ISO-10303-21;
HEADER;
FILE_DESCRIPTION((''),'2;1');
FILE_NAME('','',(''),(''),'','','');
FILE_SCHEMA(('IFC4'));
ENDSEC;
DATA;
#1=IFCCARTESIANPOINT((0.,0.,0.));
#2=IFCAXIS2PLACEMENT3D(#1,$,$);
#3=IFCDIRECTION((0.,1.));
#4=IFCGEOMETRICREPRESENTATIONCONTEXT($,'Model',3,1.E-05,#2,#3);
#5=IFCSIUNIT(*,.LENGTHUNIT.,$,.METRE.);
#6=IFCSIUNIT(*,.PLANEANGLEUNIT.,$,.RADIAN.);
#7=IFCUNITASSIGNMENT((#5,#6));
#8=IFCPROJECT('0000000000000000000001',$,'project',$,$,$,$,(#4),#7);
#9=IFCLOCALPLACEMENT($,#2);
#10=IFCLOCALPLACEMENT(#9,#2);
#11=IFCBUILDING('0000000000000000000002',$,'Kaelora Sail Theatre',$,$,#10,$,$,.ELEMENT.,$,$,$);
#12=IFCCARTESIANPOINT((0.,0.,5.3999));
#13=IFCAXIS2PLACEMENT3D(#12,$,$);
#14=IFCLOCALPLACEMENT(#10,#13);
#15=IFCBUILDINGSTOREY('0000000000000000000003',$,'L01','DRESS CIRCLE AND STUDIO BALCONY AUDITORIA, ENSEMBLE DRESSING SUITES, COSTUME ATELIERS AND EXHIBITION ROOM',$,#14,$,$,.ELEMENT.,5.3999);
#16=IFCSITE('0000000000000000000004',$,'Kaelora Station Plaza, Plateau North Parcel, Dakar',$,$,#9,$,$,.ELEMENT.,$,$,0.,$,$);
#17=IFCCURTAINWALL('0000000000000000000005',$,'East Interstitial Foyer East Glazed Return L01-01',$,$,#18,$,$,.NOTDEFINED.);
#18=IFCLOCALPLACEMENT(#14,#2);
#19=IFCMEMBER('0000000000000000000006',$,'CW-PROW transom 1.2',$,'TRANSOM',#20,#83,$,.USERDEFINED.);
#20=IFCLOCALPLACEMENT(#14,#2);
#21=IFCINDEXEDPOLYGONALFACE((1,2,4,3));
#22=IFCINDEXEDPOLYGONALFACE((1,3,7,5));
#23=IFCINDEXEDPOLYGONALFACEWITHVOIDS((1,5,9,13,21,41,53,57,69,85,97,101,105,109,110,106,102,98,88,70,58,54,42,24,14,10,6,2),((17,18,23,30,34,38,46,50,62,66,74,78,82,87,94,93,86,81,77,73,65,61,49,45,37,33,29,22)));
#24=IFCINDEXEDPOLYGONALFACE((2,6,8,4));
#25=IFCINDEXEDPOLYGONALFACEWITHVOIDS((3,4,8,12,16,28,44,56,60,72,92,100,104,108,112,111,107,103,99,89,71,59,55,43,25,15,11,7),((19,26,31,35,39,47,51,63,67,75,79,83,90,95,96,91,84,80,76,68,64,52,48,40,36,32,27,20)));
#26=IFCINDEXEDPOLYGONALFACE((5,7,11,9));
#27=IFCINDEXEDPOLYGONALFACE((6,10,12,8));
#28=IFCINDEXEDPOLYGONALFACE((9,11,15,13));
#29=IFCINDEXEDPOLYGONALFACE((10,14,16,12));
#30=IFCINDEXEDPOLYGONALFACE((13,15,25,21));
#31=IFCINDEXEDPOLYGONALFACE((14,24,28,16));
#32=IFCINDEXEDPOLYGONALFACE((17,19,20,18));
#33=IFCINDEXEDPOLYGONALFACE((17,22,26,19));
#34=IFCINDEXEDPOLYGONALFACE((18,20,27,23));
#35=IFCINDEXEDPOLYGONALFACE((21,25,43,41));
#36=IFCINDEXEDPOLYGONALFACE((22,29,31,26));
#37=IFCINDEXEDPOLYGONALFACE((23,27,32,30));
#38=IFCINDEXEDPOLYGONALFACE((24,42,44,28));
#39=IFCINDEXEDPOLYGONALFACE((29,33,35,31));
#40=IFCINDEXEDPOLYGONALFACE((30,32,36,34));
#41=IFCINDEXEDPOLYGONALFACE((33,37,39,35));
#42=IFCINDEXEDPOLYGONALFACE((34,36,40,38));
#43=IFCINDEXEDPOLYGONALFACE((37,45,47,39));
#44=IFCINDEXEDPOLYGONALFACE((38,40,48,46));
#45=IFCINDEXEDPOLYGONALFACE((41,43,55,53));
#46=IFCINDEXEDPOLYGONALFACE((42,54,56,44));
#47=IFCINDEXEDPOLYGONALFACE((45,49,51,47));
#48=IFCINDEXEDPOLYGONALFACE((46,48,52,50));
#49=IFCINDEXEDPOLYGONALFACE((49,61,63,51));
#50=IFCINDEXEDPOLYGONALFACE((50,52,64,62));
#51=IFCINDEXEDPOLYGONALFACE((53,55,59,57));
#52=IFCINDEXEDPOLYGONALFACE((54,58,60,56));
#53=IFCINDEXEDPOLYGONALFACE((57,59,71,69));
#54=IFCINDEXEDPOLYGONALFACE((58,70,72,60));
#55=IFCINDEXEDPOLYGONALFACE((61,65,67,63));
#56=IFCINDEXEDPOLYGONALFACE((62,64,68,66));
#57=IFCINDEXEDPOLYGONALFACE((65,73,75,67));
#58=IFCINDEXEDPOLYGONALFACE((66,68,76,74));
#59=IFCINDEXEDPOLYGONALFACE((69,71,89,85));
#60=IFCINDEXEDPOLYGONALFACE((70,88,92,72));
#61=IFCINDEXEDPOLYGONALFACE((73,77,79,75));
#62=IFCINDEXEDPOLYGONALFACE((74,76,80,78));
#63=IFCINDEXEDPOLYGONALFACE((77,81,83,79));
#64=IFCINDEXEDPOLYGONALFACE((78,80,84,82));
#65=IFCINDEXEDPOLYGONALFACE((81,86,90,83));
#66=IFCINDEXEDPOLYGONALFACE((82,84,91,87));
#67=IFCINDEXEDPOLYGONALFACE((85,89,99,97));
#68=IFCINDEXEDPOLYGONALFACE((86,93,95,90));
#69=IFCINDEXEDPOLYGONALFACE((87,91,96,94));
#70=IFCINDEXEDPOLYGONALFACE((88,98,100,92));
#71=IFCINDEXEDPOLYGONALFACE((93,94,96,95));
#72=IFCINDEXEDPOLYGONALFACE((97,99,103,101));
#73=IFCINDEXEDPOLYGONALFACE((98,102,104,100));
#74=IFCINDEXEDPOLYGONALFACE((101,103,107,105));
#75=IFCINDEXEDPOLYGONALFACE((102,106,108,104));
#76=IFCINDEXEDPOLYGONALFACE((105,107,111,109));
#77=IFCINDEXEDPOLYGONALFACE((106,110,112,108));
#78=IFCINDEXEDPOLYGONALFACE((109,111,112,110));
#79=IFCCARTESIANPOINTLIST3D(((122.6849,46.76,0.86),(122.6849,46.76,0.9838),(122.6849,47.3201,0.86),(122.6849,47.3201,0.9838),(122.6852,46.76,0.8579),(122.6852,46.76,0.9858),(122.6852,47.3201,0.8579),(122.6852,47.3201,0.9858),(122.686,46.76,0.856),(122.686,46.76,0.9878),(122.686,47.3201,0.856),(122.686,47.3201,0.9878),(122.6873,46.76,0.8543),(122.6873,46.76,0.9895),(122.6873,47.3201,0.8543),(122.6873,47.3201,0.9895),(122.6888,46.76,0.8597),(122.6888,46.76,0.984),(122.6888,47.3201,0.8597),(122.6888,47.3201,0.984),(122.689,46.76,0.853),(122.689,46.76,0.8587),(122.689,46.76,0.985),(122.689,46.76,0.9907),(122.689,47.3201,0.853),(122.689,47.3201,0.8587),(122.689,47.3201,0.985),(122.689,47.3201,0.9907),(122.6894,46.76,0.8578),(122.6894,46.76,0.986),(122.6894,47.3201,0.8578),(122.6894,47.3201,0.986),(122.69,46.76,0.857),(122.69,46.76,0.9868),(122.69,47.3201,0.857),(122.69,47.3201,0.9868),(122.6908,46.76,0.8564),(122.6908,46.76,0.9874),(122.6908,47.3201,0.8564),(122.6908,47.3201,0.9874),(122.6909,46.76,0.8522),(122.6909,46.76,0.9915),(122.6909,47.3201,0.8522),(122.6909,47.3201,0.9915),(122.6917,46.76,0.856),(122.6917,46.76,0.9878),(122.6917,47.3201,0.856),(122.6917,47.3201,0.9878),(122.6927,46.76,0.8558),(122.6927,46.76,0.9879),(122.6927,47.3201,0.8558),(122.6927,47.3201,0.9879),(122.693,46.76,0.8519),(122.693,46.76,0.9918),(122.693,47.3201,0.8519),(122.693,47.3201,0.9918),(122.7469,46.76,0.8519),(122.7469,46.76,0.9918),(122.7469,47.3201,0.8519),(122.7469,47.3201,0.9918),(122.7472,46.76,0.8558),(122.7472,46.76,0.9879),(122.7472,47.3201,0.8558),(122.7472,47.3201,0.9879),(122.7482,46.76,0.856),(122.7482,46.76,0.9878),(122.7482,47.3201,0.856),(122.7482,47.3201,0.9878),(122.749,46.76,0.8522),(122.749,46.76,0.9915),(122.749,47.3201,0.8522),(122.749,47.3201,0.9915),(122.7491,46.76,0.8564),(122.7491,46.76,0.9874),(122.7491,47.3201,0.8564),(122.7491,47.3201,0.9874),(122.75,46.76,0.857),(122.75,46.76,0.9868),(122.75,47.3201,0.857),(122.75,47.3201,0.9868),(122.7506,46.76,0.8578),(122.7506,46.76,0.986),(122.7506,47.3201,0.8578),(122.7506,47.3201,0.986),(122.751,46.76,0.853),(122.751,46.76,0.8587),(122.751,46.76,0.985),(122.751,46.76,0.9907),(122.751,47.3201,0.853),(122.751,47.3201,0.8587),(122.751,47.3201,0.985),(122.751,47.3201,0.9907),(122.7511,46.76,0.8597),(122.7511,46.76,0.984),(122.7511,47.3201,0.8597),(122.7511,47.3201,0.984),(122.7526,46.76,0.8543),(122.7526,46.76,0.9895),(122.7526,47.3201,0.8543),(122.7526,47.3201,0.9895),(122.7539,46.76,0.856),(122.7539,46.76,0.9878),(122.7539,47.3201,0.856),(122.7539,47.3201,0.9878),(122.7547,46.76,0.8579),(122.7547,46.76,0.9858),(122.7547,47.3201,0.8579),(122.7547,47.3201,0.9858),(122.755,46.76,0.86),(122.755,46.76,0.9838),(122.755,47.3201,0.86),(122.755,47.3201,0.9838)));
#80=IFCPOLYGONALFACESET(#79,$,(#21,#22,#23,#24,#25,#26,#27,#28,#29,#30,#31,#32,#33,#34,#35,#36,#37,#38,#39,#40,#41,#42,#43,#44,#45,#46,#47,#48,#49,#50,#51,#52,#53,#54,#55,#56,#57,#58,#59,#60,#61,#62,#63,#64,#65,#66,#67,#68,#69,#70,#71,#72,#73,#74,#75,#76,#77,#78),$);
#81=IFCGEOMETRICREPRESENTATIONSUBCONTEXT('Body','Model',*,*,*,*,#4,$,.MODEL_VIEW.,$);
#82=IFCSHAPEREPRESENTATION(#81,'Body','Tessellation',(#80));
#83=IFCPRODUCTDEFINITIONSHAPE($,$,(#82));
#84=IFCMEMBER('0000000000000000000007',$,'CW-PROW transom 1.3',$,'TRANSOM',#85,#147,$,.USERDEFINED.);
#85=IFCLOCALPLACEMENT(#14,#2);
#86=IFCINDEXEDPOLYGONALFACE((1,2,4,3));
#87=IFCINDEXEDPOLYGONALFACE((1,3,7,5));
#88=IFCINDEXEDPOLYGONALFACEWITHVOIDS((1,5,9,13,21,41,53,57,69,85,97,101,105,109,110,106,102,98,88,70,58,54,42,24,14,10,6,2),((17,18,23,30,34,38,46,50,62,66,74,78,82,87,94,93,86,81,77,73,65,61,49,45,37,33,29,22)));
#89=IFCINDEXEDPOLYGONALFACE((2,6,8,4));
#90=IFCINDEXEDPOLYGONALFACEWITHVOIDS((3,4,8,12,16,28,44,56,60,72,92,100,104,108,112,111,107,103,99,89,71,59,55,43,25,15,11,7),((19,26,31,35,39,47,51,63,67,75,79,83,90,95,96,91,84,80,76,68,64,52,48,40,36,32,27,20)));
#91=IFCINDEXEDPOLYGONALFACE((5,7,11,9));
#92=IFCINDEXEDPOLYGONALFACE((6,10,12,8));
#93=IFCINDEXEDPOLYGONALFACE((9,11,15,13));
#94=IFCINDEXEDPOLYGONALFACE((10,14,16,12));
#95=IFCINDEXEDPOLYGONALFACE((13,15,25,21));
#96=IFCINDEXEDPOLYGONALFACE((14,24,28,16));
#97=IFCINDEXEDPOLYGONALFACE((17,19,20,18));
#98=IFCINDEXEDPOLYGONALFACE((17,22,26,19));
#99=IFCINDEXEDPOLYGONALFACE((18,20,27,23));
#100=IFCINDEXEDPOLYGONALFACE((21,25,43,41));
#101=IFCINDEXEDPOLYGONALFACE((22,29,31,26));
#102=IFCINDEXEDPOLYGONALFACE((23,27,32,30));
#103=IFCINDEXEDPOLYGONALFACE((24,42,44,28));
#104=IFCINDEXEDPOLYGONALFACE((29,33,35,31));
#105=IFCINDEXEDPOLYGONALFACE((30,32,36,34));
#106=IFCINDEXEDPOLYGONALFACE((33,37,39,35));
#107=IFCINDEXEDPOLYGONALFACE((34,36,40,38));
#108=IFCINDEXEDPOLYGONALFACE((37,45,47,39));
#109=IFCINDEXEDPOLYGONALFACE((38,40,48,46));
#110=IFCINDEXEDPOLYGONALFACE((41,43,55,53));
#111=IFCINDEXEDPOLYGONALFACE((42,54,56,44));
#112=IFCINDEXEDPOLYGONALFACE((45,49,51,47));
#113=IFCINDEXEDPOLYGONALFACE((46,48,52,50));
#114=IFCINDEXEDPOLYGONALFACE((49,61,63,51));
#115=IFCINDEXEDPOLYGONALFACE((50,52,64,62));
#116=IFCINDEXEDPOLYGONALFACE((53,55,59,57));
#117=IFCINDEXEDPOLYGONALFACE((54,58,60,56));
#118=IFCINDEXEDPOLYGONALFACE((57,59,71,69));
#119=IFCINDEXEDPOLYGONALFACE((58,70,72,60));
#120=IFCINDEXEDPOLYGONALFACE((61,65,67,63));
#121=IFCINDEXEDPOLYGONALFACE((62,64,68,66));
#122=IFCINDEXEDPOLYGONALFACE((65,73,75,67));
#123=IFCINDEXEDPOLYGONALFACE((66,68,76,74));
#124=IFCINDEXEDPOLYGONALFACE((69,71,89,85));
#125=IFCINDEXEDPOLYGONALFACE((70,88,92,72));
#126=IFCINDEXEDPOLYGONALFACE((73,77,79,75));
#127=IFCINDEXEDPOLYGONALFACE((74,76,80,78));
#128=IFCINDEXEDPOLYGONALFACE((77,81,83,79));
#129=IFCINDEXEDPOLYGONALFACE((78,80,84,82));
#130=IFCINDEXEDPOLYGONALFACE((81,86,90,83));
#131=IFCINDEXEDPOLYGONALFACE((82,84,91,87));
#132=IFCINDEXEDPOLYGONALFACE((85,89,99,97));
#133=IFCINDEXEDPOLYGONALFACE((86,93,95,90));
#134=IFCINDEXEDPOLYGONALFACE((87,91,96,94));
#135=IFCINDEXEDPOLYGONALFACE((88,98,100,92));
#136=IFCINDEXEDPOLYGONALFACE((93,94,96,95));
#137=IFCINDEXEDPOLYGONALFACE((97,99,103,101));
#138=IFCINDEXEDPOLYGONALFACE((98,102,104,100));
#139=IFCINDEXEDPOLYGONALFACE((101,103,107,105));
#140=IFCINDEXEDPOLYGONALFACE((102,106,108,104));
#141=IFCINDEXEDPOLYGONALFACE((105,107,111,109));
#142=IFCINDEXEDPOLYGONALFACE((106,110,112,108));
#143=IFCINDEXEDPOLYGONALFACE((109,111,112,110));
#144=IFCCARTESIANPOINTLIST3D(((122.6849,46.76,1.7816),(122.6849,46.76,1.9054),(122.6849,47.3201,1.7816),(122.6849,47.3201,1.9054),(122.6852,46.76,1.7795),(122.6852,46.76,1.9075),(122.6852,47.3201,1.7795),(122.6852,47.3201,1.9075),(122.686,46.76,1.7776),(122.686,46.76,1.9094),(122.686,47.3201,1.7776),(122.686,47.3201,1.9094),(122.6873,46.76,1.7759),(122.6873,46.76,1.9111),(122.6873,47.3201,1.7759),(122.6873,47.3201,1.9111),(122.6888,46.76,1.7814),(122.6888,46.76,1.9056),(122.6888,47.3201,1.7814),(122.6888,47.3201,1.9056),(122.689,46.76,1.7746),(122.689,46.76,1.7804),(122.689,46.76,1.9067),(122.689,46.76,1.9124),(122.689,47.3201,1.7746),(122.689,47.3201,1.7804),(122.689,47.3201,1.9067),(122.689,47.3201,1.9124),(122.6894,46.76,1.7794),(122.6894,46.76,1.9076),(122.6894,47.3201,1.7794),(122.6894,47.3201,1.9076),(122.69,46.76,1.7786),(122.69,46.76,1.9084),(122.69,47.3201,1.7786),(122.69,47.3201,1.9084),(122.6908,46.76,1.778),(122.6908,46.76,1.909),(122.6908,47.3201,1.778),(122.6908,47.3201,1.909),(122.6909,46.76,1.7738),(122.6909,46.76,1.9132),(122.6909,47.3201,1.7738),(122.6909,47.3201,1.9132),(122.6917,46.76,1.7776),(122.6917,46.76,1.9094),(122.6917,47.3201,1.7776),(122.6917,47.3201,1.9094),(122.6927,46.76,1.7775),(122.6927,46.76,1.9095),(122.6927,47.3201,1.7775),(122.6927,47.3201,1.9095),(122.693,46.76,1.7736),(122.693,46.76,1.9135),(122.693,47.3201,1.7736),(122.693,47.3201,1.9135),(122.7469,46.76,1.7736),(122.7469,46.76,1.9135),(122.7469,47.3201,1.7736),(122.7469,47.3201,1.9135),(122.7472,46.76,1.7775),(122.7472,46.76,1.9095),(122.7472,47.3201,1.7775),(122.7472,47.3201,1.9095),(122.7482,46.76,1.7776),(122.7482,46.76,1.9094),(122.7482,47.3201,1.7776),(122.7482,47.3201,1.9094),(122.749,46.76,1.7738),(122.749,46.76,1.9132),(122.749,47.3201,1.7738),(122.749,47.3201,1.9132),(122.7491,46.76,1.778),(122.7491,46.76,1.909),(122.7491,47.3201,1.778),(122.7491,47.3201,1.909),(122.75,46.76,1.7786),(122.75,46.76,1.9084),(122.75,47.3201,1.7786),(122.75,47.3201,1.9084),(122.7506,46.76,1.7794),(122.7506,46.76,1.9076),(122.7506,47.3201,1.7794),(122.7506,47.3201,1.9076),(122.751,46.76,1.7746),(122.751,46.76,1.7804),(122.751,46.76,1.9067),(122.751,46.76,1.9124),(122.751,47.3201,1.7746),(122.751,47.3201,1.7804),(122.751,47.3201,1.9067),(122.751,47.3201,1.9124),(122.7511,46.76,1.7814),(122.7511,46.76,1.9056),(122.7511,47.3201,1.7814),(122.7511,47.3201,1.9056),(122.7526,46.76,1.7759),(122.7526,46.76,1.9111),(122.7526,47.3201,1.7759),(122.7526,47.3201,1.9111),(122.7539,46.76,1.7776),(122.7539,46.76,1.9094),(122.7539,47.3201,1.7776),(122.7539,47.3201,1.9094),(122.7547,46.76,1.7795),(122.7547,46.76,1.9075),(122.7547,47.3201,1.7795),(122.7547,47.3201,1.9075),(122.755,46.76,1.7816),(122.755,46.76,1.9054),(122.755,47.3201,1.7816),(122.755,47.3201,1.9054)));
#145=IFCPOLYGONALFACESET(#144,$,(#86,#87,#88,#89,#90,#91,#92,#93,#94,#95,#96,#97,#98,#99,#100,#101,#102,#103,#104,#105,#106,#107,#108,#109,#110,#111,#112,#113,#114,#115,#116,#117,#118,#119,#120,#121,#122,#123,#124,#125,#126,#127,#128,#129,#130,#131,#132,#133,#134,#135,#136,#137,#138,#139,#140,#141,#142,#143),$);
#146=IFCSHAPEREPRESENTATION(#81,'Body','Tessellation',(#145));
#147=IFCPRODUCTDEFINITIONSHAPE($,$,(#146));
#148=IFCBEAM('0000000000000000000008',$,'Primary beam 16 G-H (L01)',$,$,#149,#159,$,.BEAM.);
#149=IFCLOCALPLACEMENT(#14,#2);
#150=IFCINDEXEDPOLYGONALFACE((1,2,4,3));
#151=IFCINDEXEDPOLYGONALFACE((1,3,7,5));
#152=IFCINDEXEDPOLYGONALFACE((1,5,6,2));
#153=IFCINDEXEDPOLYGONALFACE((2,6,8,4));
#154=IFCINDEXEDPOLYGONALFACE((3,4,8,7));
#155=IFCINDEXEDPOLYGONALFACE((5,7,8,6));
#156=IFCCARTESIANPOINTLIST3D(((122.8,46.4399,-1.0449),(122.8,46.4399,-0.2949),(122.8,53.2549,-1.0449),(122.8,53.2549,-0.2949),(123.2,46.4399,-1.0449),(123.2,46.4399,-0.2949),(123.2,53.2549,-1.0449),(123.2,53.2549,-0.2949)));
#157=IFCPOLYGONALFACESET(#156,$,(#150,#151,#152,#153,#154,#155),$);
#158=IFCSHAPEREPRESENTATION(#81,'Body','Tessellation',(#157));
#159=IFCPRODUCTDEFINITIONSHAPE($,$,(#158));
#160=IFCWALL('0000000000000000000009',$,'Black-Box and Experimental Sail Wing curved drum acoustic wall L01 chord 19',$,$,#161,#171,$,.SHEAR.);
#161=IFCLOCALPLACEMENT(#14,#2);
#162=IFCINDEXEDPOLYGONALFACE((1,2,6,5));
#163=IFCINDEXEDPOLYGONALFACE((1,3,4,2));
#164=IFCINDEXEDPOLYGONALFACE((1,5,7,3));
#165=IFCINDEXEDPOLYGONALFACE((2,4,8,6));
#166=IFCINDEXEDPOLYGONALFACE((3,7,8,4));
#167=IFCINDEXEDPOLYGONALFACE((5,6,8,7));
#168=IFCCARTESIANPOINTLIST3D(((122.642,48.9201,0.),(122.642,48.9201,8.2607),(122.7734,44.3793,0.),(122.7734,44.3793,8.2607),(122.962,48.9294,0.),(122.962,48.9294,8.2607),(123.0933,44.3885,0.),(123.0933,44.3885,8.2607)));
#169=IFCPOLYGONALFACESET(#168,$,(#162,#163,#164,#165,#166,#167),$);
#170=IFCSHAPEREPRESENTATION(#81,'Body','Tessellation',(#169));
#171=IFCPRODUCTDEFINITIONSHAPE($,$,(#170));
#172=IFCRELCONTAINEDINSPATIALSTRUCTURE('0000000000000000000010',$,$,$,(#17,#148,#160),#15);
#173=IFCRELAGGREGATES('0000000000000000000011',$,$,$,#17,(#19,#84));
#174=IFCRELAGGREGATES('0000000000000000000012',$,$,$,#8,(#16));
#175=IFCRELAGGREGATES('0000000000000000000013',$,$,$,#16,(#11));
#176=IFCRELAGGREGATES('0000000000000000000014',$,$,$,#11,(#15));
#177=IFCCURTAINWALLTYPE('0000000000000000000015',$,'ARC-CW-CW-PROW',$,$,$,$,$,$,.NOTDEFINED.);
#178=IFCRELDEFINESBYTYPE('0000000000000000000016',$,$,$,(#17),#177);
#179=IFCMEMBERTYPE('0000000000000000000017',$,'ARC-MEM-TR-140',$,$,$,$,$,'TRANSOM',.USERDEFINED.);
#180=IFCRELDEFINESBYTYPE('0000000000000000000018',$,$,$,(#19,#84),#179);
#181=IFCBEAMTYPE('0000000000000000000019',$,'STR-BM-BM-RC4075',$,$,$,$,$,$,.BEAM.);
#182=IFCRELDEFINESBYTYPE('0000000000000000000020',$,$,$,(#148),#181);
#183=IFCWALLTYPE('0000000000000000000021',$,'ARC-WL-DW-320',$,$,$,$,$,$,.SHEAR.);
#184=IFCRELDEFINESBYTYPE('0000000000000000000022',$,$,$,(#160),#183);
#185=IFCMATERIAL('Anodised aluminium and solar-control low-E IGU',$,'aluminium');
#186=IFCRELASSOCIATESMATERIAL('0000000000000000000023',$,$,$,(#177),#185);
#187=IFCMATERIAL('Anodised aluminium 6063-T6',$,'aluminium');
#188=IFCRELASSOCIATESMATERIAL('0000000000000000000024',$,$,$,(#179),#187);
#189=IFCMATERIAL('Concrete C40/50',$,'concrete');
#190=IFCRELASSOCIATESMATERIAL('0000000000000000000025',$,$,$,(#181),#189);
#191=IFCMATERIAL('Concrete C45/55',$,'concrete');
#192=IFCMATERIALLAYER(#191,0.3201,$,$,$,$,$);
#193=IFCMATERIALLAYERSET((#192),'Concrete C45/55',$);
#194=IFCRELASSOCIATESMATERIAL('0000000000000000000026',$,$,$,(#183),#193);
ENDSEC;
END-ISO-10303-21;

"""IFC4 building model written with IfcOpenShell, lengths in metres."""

from ifc_helpers import new_model, si_unit, direction, frame, frame_2d, origin, origin_2d, place, context, subcontext, project, spatial, rectangle, hollow_rectangle, extrude, material, layer, layer_set, material_profile, profile_set, type_object, element, aggregate, save


model = new_model("IFC4")

# Units and contexts
model_context = context("Model", 3, precision=1e-05, world=origin(), true_north=direction((0.0, 1.0)))
body_context = subcontext(model_context, "Body", "Model", "MODEL_VIEW")
ifc_project = project(units=[si_unit("LENGTHUNIT", "METRE"), si_unit("PLANEANGLEUNIT", "RADIAN")], contexts=[model_context])

# Site, building, storey
site_placement = place(None, origin())
site = spatial("IfcSite", under=ifc_project, at=site_placement, Name="Kaelora Station Plaza, Plateau North Parcel, Dakar", CompositionType="ELEMENT", RefElevation=0.0)
building_placement = place(site_placement, origin())
building = spatial("IfcBuilding", under=site, at=building_placement, Name="Kaelora Sail Theatre", CompositionType="ELEMENT")
storey_placement = place(building_placement, frame((0.0, 0.0, 5.3999)))
storey = spatial("IfcBuildingStorey", under=building, at=storey_placement, Name="L01", Description="DRESS CIRCLE AND STUDIO BALCONY AUDITORIA, ENSEMBLE DRESSING SUITES, COSTUME ATELIERS AND EXHIBITION ROOM", CompositionType="ELEMENT", Elevation=5.3999)

# Curtain wall, members
ifc_material_1 = material(Name="Anodised aluminium and solar-control low-E IGU", Category="aluminium")
curtain_wall_type = type_object("IfcCurtainWallType", Name="ARC-CW-CW-PROW", PredefinedType="NOTDEFINED", material=ifc_material_1)
curtain_wall_placement = place(storey_placement, origin())
curtain_wall = element("IfcCurtainWall", 1, at=curtain_wall_placement, inside=storey, type_object=curtain_wall_type, Name="East Interstitial Foyer East Glazed Return L01-01", PredefinedType="NOTDEFINED")
ifc_material_2 = material(Name="Anodised aluminium 6063-T6", Category="aluminium")
ifc_material_profile_1 = material_profile(ifc_material_2, hollow_rectangle(XDim=0.0701, YDim=0.1399, WallThickness=0.0039, InnerFilletRadius=0.0039, OuterFilletRadius=0.0081, at=origin_2d()), Name="ALU-TRAN 70x140x4")
ifc_profile_set_1 = profile_set([ifc_material_profile_1], Name="Anodised aluminium 6063-T6")
member_type_1 = type_object("IfcMemberType", Name="ARC-MEM-TR-140", ElementType="TRANSOM", PredefinedType="USERDEFINED", material=ifc_profile_set_1)
member_1_placement = place(storey_placement, frame((122.72, 46.76, 0.9219), z_axis=(0.0, 1.0, 0.0), x_axis=(-1.0, 0.0, 0.0)))
member_1 = element("IfcMember", 2, at=member_1_placement, type_object=member_type_1, Name="CW-PROW transom 1.2", ObjectType="TRANSOM", PredefinedType="USERDEFINED", context=body_context, shape_type="SweptSolid", body=[
    extrude(hollow_rectangle(XDim=0.0701, YDim=0.1399, WallThickness=0.0039, InnerFilletRadius=0.0039, OuterFilletRadius=0.0081, at=origin_2d()), origin(), (0.0, 0.0, 1.0), 0.5601),
])
member_2_placement = place(storey_placement, frame((122.72, 46.76, 1.8435), z_axis=(0.0, 1.0, 0.0), x_axis=(-1.0, 0.0, 0.0)))
member_2 = element("IfcMember", 3, at=member_2_placement, type_object=member_type_1, Name="CW-PROW transom 1.3", ObjectType="TRANSOM", PredefinedType="USERDEFINED", context=body_context, shape_type="SweptSolid", body=[
    extrude(hollow_rectangle(XDim=0.0701, YDim=0.1399, WallThickness=0.0039, InnerFilletRadius=0.0039, OuterFilletRadius=0.0081, at=origin_2d()), origin(), (0.0, 0.0, 1.0), 0.5601),
])
aggregate(curtain_wall, [member_1, member_2])

# Beam
ifc_material_3 = material(Name="Concrete C40/50", Category="concrete")
ifc_material_profile_2 = material_profile(ifc_material_3, rectangle(XDim=0.3999, YDim=0.75, at=origin_2d()), Name="RC-BM 400x750")
ifc_profile_set_2 = profile_set([ifc_material_profile_2], Name="Concrete C40/50")
beam_type = type_object("IfcBeamType", Name="STR-BM-BM-RC4075", PredefinedType="BEAM", material=ifc_profile_set_2)
beam_placement = place(storey_placement, frame((123.0, 46.4399, -0.6699), z_axis=(0.0, 1.0, 0.0), x_axis=(-1.0, 0.0, 0.0)))
element("IfcBeam", 4, at=beam_placement, inside=storey, type_object=beam_type, Name="Primary beam 16 G-H (L01)", PredefinedType="BEAM", context=body_context, shape_type="SweptSolid", body=[
    extrude(rectangle(XDim=0.3999, YDim=0.75, at=origin_2d()), origin(), (0.0, 0.0, 1.0), 6.8149),
])

# Wall
ifc_material_4 = material(Name="Concrete C45/55", Category="concrete")
ifc_layer_1 = layer(ifc_material_4, 0.3201)
ifc_layer_set_1 = layer_set([ifc_layer_1], Name="Concrete C45/55")
wall_type_1 = type_object("IfcWallType", Name="ARC-WL-DW-320", PredefinedType="SHEAR", material=ifc_layer_set_1)
wall_1_placement = place(storey_placement, frame((122.9333, 44.3838, 0.0), z_axis=(0.0, 0.0, 1.0), x_axis=(-0.028914, 0.999582, 0.0)))
element("IfcWall", 5, at=wall_1_placement, inside=storey, type_object=wall_type_1, Name="Black-Box and Experimental Sail Wing curved drum acoustic wall L01 chord 19", PredefinedType="SHEAR", context=body_context, shape_type="SweptSolid", body=[
    extrude(rectangle(XDim=4.5427, YDim=0.3201, at=frame_2d((2.2715, 0.0))), origin(), (0.0, 0.0, 1.0), 8.2607),
])

save(model, "model.ifc")
